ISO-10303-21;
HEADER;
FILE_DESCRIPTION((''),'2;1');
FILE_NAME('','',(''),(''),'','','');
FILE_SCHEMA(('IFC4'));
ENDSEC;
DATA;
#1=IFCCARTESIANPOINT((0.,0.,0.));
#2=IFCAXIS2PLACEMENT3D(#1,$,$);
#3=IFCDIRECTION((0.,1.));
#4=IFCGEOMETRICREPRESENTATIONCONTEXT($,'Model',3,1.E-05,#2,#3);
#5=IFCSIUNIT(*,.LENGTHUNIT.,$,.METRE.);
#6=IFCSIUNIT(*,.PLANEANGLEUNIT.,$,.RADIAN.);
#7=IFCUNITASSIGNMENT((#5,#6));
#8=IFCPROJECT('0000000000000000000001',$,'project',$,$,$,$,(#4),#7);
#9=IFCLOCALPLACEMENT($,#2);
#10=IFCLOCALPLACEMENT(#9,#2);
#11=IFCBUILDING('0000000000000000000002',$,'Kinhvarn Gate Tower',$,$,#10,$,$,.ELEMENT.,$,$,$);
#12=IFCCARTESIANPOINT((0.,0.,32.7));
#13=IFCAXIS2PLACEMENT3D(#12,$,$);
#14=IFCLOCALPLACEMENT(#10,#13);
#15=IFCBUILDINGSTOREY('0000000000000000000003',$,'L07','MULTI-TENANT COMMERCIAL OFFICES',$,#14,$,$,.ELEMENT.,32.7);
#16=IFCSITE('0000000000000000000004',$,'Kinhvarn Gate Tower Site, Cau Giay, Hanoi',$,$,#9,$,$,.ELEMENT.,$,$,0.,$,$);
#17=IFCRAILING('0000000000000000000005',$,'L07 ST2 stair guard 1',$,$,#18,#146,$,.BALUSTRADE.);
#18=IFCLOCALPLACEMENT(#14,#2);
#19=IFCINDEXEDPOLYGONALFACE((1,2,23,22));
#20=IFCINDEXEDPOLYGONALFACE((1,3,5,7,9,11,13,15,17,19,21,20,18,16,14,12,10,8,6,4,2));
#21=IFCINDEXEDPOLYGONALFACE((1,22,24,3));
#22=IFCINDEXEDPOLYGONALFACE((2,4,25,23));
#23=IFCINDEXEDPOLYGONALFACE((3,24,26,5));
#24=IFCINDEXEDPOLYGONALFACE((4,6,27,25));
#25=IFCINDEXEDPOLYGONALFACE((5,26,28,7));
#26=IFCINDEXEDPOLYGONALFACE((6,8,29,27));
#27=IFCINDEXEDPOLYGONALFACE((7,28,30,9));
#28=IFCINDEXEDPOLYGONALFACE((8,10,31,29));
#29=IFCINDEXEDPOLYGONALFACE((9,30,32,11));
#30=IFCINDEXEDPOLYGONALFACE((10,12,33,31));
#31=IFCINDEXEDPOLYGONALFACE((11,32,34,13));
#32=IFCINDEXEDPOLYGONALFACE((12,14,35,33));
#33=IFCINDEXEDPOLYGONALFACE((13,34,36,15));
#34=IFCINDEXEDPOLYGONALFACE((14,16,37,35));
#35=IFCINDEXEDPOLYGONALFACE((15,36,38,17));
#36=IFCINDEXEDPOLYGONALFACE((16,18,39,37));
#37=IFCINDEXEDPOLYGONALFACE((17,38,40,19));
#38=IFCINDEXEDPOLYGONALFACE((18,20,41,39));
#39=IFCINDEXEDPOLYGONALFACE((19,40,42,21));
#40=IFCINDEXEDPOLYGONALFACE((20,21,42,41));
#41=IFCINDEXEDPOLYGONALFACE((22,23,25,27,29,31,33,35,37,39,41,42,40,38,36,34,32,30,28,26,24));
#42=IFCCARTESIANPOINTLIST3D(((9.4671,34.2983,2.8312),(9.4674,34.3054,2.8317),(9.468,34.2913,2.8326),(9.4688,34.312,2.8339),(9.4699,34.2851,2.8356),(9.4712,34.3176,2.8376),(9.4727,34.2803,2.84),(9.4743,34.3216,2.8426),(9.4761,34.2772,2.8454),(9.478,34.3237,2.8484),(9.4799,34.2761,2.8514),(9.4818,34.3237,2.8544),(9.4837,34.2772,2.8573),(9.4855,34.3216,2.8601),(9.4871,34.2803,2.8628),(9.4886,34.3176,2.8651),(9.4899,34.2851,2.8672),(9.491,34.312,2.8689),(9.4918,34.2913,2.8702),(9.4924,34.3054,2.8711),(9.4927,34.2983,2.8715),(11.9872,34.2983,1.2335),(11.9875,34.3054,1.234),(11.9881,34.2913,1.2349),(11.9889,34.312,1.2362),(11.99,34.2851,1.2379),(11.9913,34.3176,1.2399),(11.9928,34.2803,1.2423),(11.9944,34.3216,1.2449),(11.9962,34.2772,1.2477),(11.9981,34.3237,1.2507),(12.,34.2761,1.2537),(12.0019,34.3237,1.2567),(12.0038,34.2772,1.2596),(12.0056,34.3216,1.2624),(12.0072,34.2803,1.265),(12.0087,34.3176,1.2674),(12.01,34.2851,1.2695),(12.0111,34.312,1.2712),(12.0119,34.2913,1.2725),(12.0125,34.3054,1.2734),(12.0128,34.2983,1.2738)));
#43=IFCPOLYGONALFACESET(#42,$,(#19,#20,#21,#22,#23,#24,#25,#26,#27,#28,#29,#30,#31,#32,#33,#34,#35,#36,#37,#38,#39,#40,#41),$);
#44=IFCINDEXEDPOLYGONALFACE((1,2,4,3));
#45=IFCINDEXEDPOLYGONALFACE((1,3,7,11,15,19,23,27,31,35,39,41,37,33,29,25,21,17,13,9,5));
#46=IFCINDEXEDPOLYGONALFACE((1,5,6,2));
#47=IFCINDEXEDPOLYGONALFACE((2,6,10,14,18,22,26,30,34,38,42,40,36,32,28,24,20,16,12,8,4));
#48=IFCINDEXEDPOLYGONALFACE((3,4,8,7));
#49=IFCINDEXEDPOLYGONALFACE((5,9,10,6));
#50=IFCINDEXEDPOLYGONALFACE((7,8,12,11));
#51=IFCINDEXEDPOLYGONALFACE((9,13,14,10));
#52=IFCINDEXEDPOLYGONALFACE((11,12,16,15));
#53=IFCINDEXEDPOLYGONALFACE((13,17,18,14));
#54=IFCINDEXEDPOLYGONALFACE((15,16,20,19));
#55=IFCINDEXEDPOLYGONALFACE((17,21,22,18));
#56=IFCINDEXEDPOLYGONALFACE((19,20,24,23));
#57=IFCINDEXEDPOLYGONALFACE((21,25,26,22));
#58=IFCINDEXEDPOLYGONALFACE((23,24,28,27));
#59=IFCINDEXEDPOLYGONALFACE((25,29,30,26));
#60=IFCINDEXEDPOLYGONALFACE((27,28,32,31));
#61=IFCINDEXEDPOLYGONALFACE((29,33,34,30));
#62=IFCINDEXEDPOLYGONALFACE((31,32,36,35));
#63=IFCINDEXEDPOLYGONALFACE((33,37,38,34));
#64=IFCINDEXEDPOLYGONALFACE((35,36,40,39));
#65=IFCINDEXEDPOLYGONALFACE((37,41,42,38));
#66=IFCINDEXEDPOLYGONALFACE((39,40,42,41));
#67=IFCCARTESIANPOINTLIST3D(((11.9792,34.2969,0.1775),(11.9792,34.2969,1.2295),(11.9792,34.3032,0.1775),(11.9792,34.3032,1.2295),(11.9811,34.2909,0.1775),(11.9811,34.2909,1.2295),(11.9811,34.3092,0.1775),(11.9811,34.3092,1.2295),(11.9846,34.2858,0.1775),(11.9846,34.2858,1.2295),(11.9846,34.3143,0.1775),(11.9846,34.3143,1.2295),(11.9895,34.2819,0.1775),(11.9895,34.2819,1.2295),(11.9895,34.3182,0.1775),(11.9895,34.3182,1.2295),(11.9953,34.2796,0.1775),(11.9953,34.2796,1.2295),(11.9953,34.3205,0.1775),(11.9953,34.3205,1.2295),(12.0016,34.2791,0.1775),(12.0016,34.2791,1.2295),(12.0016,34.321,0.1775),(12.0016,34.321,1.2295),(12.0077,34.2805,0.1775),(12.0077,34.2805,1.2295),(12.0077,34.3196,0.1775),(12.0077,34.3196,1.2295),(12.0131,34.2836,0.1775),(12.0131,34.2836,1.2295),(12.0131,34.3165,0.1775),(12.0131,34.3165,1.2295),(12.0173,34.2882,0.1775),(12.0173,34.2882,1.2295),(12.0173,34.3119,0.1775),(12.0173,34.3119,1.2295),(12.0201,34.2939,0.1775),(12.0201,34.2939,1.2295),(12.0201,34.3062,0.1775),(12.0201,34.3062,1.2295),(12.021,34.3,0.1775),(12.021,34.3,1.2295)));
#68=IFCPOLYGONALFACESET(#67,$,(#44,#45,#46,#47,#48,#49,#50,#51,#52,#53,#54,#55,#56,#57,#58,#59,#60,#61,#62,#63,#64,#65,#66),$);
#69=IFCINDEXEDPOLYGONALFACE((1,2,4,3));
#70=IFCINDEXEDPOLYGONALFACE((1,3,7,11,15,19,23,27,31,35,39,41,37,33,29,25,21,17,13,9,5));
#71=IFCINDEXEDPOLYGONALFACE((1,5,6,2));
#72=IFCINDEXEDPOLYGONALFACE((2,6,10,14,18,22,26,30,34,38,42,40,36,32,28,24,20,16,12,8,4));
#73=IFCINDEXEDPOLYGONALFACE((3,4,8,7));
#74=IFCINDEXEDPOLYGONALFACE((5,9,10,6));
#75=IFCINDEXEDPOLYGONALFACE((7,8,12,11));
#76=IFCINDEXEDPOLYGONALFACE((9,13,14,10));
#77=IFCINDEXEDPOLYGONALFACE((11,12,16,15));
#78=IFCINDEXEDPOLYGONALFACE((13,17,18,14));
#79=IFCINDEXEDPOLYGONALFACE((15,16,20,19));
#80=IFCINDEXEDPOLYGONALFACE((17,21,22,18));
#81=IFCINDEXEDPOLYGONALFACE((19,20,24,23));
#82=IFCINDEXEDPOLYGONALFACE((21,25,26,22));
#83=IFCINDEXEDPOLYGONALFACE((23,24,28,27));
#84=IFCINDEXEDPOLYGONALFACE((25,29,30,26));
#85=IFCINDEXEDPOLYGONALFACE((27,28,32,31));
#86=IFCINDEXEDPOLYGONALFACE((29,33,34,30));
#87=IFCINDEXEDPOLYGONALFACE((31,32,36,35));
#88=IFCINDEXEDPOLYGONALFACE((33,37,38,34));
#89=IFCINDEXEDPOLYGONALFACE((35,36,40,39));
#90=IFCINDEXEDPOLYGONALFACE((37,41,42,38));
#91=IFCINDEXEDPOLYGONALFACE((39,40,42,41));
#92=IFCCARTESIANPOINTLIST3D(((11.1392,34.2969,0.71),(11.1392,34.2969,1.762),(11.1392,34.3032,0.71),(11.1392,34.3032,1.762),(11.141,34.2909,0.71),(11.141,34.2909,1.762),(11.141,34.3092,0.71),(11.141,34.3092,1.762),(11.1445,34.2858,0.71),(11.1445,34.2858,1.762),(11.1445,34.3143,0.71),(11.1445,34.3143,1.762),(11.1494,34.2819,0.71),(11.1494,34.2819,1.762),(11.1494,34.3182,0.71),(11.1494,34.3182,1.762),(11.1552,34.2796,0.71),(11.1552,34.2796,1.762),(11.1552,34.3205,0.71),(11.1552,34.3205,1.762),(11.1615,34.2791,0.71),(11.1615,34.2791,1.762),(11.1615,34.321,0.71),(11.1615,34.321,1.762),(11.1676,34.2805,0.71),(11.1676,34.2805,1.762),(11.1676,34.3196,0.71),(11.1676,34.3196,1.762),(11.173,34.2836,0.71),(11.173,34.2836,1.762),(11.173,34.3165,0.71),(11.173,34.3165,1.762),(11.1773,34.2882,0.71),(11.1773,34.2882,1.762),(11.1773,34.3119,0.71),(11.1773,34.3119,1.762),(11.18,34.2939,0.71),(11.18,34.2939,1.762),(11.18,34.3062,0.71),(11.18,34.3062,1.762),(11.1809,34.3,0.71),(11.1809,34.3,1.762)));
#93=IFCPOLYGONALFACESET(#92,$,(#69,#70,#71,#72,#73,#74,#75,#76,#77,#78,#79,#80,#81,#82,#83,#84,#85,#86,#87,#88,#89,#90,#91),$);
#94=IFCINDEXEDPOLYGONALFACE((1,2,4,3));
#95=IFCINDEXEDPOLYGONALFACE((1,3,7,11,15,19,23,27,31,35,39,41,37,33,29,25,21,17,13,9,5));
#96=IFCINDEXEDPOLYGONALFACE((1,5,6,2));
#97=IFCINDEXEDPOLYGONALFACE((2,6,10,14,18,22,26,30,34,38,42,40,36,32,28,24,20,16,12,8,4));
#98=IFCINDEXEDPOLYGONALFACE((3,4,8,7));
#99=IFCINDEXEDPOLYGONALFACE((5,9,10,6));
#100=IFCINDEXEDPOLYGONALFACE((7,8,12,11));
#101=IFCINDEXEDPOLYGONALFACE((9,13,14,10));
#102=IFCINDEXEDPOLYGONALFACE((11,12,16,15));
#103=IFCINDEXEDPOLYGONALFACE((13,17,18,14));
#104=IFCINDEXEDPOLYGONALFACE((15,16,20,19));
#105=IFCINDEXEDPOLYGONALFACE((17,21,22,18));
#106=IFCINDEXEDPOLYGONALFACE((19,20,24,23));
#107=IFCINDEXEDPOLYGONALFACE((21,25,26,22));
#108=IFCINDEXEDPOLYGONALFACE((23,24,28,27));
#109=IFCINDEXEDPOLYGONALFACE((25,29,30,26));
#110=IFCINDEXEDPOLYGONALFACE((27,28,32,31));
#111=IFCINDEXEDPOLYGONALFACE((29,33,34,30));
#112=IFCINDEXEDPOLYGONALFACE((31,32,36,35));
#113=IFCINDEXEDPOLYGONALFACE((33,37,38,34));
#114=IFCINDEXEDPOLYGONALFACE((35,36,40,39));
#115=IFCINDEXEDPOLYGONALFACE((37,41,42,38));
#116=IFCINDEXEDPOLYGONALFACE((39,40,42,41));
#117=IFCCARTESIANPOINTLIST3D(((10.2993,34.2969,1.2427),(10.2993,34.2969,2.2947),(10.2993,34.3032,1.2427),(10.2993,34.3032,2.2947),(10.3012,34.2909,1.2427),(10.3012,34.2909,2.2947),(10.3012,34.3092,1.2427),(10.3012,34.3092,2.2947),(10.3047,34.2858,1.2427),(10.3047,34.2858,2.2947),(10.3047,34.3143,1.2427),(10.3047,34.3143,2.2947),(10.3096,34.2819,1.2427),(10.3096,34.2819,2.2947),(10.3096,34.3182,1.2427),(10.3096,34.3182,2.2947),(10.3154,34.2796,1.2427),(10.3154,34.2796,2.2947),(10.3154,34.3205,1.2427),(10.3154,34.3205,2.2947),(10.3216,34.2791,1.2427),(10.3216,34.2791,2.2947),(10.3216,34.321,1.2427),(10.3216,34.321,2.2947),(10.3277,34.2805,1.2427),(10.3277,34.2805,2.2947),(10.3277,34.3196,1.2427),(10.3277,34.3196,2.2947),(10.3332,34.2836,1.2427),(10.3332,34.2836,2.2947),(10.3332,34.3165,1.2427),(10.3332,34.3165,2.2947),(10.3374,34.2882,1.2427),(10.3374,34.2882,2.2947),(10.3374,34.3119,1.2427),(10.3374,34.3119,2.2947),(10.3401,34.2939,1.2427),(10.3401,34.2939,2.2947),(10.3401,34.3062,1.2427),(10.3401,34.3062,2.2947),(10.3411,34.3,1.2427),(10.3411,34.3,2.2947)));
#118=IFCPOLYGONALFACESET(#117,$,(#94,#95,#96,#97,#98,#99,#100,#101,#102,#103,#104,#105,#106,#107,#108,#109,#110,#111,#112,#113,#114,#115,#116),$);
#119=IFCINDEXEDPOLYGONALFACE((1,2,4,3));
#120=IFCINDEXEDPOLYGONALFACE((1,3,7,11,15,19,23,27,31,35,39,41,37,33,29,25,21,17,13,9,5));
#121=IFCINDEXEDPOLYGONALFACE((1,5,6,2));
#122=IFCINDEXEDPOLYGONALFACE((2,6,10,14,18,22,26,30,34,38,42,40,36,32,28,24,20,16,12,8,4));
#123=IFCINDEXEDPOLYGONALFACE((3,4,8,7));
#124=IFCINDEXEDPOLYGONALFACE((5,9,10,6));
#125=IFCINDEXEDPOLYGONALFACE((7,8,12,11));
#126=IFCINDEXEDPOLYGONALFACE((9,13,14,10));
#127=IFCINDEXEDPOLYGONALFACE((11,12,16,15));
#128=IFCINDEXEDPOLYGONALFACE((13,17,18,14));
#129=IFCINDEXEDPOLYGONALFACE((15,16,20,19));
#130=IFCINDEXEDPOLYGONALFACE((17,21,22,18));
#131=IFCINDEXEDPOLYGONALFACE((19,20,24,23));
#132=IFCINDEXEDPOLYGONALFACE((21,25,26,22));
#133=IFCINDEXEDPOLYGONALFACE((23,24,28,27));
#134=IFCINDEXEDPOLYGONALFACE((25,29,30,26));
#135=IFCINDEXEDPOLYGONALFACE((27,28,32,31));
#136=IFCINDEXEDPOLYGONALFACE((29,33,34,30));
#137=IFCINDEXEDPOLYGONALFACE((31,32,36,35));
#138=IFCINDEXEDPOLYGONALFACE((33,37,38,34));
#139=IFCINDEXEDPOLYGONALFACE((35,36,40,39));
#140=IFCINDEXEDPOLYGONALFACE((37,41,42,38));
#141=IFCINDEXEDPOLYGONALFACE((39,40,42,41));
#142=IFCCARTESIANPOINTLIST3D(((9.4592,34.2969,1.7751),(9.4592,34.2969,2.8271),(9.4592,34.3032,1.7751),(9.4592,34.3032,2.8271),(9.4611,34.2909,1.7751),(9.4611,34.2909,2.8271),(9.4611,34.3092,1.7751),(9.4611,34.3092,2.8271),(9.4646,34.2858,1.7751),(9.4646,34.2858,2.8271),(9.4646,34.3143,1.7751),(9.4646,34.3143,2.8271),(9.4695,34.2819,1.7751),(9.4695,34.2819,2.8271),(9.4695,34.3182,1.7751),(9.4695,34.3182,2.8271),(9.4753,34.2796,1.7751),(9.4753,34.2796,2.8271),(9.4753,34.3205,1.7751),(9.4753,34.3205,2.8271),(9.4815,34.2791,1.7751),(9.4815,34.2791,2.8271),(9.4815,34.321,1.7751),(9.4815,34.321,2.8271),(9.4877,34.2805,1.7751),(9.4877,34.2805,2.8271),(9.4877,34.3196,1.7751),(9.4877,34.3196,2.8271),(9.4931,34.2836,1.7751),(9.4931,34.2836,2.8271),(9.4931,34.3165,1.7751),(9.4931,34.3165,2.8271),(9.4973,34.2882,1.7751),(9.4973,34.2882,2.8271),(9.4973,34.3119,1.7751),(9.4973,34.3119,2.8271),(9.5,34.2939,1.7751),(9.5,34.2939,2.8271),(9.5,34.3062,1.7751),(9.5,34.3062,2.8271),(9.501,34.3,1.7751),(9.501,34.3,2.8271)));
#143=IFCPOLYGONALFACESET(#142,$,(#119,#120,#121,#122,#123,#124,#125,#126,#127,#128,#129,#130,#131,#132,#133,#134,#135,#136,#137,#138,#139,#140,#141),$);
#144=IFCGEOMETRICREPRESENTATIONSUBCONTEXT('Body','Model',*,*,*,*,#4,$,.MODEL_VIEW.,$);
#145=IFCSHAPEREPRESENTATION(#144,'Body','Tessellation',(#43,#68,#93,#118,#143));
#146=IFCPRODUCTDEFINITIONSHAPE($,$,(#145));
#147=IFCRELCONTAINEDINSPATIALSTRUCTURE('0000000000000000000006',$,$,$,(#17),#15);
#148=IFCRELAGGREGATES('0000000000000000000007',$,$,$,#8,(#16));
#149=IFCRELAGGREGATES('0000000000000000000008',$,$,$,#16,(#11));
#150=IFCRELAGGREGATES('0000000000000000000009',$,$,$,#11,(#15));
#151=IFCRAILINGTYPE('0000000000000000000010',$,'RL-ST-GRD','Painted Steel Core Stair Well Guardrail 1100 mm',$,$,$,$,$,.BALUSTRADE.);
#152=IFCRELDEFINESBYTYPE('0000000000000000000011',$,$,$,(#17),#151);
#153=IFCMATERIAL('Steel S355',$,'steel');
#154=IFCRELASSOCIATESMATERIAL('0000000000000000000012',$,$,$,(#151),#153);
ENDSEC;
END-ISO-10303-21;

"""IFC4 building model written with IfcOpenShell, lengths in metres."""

from ifc_helpers import new_model, si_unit, direction, frame, origin, origin_2d, place, context, subcontext, project, spatial, circle, extrude, material, type_object, element, save


model = new_model("IFC4")

# Units and contexts
model_context = context("Model", 3, precision=1e-05, world=origin(), true_north=direction((0.0, 1.0)))
body_context = subcontext(model_context, "Body", "Model", "MODEL_VIEW")
ifc_project = project(units=[si_unit("LENGTHUNIT", "METRE"), si_unit("PLANEANGLEUNIT", "RADIAN")], contexts=[model_context])

# Site, building, storey
site_placement = place(None, origin())
site = spatial("IfcSite", under=ifc_project, at=site_placement, Name="Kinhvarn Gate Tower Site, Cau Giay, Hanoi", CompositionType="ELEMENT", RefElevation=0.0)
building_placement = place(site_placement, origin())
building = spatial("IfcBuilding", under=site, at=building_placement, Name="Kinhvarn Gate Tower", CompositionType="ELEMENT")
storey_placement = place(building_placement, frame((0.0, 0.0, 32.7)))
storey = spatial("IfcBuildingStorey", under=building, at=storey_placement, Name="L07", Description="MULTI-TENANT COMMERCIAL OFFICES", CompositionType="ELEMENT", Elevation=32.7)

# Shared definitions
ifc_material_1 = material(Name="Steel S355", Category="steel")

# Railing
railing_type_1 = type_object("IfcRailingType", Name="RL-ST-GRD", Description="Painted Steel Core Stair Well Guardrail 1100 mm", PredefinedType="BALUSTRADE", material=ifc_material_1)
railing_1_placement = place(storey_placement, frame((12.0, 34.3, 0.1775)))
element("IfcRailing", 1, at=railing_1_placement, inside=storey, type_object=railing_type_1, Name="L07 ST2 stair guard 1", PredefinedType="BALUSTRADE", context=body_context, shape_type="SweptSolid", body=[
    extrude(circle(Radius=0.0239, at=origin_2d()), frame((0.0, 0.0, 1.0762), z_axis=(-0.84457, 0.0, 0.535445), x_axis=(0.0, -1.0, 0.0)), (0.0, 0.0, 1.0), 2.9839),
    extrude(circle(Radius=0.021, at=origin_2d()), origin(), (0.0, 0.0, 1.0), 1.052),
    extrude(circle(Radius=0.021, at=origin_2d()), frame((-0.8401, 0.0, 0.5325)), (0.0, 0.0, 1.0), 1.052),
    extrude(circle(Radius=0.021, at=origin_2d()), frame((-1.6799, 0.0, 1.0652)), (0.0, 0.0, 1.0), 1.052),
    extrude(circle(Radius=0.021, at=origin_2d()), frame((-2.52, 0.0, 1.5977)), (0.0, 0.0, 1.0), 1.052),
])

save(model, "model.ifc")
